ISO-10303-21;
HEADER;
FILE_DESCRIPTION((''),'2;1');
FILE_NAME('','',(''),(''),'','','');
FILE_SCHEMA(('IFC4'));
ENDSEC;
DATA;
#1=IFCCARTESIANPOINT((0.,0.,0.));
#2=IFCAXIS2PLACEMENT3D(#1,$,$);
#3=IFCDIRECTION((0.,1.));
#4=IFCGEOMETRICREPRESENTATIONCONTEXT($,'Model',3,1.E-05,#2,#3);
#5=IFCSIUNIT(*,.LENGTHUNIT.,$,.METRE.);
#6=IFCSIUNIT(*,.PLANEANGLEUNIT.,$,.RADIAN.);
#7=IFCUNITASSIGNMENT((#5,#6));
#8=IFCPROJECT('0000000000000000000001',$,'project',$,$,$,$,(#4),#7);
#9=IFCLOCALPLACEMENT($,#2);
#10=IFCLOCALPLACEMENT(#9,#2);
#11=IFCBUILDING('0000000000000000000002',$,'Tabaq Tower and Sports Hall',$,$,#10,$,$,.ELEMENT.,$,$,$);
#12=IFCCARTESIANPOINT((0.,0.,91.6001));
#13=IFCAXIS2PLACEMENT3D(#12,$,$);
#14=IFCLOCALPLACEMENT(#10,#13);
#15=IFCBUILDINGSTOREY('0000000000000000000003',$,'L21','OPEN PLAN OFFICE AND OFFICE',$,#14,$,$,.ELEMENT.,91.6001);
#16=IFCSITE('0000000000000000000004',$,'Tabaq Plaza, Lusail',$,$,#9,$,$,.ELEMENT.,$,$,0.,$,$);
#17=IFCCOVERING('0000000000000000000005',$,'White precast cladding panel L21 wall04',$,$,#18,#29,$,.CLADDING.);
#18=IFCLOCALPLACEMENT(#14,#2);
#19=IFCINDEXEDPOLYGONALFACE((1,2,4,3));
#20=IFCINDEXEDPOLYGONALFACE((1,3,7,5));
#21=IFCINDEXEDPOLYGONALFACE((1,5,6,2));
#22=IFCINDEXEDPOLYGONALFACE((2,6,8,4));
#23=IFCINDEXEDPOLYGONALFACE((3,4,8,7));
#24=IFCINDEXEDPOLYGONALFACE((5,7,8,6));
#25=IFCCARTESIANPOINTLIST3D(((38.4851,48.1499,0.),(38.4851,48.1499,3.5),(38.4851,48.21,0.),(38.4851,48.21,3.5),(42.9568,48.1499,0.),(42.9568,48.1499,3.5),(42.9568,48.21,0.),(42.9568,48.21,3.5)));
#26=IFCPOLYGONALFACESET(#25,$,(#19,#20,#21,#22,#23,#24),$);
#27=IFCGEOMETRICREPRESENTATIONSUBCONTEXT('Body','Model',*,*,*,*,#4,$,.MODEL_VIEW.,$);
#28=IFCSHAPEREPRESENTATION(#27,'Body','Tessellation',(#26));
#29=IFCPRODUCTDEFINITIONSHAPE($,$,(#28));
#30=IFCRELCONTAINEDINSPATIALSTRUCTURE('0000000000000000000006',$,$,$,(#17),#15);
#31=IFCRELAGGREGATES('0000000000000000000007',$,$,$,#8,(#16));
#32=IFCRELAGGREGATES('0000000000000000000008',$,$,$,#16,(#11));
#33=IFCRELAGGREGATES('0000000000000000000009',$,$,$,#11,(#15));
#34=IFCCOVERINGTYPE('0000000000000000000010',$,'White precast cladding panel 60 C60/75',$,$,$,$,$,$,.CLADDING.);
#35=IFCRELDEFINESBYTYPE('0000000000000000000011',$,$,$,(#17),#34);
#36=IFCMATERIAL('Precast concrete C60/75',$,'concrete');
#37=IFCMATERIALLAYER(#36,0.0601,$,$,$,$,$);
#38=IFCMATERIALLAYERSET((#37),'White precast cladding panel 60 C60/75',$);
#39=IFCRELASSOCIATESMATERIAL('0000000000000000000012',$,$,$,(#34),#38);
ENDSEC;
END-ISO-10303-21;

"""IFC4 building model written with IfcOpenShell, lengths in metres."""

from ifc_helpers import new_model, si_unit, direction, frame, frame_2d, origin, place, context, subcontext, project, spatial, rectangle, extrude, material, layer, layer_set, type_object, element, save


model = new_model("IFC4")

# Units and contexts
model_context = context("Model", 3, precision=1e-05, world=origin(), true_north=direction((0.0, 1.0)))
body_context = subcontext(model_context, "Body", "Model", "MODEL_VIEW")
ifc_project = project(units=[si_unit("LENGTHUNIT", "METRE"), si_unit("PLANEANGLEUNIT", "RADIAN")], contexts=[model_context])

# Site, building, storey
site_placement = place(None, origin())
site = spatial("IfcSite", under=ifc_project, at=site_placement, Name="Tabaq Plaza, Lusail", CompositionType="ELEMENT", RefElevation=0.0)
building_placement = place(site_placement, origin())
building = spatial("IfcBuilding", under=site, at=building_placement, Name="Tabaq Tower and Sports Hall", CompositionType="ELEMENT")
storey_placement = place(building_placement, frame((0.0, 0.0, 91.6001)))
storey = spatial("IfcBuildingStorey", under=building, at=storey_placement, Name="L21", Description="OPEN PLAN OFFICE AND OFFICE", CompositionType="ELEMENT", Elevation=91.6001)

# Covering
ifc_material_1 = material(Name="Precast concrete C60/75", Category="concrete")
ifc_layer_1 = layer(ifc_material_1, 0.0601)
ifc_layer_set_1 = layer_set([ifc_layer_1], Name="White precast cladding panel 60 C60/75")
covering_type_1 = type_object("IfcCoveringType", Name="White precast cladding panel 60 C60/75", PredefinedType="CLADDING", material=ifc_layer_set_1)
covering_1_placement = place(storey_placement, frame((42.9568, 48.1799, 0.0), z_axis=(0.0, 0.0, 1.0), x_axis=(-1.0, 0.0, 0.0)))
element("IfcCovering", 1, at=covering_1_placement, inside=storey, type_object=covering_type_1, Name="White precast cladding panel L21 wall04", PredefinedType="CLADDING", context=body_context, shape_type="SweptSolid", body=[
    extrude(rectangle(XDim=4.4717, YDim=0.0601, at=frame_2d((2.2358, 0.0))), origin(), (0.0, 0.0, 1.0), 3.5),
])

save(model, "model.ifc")
